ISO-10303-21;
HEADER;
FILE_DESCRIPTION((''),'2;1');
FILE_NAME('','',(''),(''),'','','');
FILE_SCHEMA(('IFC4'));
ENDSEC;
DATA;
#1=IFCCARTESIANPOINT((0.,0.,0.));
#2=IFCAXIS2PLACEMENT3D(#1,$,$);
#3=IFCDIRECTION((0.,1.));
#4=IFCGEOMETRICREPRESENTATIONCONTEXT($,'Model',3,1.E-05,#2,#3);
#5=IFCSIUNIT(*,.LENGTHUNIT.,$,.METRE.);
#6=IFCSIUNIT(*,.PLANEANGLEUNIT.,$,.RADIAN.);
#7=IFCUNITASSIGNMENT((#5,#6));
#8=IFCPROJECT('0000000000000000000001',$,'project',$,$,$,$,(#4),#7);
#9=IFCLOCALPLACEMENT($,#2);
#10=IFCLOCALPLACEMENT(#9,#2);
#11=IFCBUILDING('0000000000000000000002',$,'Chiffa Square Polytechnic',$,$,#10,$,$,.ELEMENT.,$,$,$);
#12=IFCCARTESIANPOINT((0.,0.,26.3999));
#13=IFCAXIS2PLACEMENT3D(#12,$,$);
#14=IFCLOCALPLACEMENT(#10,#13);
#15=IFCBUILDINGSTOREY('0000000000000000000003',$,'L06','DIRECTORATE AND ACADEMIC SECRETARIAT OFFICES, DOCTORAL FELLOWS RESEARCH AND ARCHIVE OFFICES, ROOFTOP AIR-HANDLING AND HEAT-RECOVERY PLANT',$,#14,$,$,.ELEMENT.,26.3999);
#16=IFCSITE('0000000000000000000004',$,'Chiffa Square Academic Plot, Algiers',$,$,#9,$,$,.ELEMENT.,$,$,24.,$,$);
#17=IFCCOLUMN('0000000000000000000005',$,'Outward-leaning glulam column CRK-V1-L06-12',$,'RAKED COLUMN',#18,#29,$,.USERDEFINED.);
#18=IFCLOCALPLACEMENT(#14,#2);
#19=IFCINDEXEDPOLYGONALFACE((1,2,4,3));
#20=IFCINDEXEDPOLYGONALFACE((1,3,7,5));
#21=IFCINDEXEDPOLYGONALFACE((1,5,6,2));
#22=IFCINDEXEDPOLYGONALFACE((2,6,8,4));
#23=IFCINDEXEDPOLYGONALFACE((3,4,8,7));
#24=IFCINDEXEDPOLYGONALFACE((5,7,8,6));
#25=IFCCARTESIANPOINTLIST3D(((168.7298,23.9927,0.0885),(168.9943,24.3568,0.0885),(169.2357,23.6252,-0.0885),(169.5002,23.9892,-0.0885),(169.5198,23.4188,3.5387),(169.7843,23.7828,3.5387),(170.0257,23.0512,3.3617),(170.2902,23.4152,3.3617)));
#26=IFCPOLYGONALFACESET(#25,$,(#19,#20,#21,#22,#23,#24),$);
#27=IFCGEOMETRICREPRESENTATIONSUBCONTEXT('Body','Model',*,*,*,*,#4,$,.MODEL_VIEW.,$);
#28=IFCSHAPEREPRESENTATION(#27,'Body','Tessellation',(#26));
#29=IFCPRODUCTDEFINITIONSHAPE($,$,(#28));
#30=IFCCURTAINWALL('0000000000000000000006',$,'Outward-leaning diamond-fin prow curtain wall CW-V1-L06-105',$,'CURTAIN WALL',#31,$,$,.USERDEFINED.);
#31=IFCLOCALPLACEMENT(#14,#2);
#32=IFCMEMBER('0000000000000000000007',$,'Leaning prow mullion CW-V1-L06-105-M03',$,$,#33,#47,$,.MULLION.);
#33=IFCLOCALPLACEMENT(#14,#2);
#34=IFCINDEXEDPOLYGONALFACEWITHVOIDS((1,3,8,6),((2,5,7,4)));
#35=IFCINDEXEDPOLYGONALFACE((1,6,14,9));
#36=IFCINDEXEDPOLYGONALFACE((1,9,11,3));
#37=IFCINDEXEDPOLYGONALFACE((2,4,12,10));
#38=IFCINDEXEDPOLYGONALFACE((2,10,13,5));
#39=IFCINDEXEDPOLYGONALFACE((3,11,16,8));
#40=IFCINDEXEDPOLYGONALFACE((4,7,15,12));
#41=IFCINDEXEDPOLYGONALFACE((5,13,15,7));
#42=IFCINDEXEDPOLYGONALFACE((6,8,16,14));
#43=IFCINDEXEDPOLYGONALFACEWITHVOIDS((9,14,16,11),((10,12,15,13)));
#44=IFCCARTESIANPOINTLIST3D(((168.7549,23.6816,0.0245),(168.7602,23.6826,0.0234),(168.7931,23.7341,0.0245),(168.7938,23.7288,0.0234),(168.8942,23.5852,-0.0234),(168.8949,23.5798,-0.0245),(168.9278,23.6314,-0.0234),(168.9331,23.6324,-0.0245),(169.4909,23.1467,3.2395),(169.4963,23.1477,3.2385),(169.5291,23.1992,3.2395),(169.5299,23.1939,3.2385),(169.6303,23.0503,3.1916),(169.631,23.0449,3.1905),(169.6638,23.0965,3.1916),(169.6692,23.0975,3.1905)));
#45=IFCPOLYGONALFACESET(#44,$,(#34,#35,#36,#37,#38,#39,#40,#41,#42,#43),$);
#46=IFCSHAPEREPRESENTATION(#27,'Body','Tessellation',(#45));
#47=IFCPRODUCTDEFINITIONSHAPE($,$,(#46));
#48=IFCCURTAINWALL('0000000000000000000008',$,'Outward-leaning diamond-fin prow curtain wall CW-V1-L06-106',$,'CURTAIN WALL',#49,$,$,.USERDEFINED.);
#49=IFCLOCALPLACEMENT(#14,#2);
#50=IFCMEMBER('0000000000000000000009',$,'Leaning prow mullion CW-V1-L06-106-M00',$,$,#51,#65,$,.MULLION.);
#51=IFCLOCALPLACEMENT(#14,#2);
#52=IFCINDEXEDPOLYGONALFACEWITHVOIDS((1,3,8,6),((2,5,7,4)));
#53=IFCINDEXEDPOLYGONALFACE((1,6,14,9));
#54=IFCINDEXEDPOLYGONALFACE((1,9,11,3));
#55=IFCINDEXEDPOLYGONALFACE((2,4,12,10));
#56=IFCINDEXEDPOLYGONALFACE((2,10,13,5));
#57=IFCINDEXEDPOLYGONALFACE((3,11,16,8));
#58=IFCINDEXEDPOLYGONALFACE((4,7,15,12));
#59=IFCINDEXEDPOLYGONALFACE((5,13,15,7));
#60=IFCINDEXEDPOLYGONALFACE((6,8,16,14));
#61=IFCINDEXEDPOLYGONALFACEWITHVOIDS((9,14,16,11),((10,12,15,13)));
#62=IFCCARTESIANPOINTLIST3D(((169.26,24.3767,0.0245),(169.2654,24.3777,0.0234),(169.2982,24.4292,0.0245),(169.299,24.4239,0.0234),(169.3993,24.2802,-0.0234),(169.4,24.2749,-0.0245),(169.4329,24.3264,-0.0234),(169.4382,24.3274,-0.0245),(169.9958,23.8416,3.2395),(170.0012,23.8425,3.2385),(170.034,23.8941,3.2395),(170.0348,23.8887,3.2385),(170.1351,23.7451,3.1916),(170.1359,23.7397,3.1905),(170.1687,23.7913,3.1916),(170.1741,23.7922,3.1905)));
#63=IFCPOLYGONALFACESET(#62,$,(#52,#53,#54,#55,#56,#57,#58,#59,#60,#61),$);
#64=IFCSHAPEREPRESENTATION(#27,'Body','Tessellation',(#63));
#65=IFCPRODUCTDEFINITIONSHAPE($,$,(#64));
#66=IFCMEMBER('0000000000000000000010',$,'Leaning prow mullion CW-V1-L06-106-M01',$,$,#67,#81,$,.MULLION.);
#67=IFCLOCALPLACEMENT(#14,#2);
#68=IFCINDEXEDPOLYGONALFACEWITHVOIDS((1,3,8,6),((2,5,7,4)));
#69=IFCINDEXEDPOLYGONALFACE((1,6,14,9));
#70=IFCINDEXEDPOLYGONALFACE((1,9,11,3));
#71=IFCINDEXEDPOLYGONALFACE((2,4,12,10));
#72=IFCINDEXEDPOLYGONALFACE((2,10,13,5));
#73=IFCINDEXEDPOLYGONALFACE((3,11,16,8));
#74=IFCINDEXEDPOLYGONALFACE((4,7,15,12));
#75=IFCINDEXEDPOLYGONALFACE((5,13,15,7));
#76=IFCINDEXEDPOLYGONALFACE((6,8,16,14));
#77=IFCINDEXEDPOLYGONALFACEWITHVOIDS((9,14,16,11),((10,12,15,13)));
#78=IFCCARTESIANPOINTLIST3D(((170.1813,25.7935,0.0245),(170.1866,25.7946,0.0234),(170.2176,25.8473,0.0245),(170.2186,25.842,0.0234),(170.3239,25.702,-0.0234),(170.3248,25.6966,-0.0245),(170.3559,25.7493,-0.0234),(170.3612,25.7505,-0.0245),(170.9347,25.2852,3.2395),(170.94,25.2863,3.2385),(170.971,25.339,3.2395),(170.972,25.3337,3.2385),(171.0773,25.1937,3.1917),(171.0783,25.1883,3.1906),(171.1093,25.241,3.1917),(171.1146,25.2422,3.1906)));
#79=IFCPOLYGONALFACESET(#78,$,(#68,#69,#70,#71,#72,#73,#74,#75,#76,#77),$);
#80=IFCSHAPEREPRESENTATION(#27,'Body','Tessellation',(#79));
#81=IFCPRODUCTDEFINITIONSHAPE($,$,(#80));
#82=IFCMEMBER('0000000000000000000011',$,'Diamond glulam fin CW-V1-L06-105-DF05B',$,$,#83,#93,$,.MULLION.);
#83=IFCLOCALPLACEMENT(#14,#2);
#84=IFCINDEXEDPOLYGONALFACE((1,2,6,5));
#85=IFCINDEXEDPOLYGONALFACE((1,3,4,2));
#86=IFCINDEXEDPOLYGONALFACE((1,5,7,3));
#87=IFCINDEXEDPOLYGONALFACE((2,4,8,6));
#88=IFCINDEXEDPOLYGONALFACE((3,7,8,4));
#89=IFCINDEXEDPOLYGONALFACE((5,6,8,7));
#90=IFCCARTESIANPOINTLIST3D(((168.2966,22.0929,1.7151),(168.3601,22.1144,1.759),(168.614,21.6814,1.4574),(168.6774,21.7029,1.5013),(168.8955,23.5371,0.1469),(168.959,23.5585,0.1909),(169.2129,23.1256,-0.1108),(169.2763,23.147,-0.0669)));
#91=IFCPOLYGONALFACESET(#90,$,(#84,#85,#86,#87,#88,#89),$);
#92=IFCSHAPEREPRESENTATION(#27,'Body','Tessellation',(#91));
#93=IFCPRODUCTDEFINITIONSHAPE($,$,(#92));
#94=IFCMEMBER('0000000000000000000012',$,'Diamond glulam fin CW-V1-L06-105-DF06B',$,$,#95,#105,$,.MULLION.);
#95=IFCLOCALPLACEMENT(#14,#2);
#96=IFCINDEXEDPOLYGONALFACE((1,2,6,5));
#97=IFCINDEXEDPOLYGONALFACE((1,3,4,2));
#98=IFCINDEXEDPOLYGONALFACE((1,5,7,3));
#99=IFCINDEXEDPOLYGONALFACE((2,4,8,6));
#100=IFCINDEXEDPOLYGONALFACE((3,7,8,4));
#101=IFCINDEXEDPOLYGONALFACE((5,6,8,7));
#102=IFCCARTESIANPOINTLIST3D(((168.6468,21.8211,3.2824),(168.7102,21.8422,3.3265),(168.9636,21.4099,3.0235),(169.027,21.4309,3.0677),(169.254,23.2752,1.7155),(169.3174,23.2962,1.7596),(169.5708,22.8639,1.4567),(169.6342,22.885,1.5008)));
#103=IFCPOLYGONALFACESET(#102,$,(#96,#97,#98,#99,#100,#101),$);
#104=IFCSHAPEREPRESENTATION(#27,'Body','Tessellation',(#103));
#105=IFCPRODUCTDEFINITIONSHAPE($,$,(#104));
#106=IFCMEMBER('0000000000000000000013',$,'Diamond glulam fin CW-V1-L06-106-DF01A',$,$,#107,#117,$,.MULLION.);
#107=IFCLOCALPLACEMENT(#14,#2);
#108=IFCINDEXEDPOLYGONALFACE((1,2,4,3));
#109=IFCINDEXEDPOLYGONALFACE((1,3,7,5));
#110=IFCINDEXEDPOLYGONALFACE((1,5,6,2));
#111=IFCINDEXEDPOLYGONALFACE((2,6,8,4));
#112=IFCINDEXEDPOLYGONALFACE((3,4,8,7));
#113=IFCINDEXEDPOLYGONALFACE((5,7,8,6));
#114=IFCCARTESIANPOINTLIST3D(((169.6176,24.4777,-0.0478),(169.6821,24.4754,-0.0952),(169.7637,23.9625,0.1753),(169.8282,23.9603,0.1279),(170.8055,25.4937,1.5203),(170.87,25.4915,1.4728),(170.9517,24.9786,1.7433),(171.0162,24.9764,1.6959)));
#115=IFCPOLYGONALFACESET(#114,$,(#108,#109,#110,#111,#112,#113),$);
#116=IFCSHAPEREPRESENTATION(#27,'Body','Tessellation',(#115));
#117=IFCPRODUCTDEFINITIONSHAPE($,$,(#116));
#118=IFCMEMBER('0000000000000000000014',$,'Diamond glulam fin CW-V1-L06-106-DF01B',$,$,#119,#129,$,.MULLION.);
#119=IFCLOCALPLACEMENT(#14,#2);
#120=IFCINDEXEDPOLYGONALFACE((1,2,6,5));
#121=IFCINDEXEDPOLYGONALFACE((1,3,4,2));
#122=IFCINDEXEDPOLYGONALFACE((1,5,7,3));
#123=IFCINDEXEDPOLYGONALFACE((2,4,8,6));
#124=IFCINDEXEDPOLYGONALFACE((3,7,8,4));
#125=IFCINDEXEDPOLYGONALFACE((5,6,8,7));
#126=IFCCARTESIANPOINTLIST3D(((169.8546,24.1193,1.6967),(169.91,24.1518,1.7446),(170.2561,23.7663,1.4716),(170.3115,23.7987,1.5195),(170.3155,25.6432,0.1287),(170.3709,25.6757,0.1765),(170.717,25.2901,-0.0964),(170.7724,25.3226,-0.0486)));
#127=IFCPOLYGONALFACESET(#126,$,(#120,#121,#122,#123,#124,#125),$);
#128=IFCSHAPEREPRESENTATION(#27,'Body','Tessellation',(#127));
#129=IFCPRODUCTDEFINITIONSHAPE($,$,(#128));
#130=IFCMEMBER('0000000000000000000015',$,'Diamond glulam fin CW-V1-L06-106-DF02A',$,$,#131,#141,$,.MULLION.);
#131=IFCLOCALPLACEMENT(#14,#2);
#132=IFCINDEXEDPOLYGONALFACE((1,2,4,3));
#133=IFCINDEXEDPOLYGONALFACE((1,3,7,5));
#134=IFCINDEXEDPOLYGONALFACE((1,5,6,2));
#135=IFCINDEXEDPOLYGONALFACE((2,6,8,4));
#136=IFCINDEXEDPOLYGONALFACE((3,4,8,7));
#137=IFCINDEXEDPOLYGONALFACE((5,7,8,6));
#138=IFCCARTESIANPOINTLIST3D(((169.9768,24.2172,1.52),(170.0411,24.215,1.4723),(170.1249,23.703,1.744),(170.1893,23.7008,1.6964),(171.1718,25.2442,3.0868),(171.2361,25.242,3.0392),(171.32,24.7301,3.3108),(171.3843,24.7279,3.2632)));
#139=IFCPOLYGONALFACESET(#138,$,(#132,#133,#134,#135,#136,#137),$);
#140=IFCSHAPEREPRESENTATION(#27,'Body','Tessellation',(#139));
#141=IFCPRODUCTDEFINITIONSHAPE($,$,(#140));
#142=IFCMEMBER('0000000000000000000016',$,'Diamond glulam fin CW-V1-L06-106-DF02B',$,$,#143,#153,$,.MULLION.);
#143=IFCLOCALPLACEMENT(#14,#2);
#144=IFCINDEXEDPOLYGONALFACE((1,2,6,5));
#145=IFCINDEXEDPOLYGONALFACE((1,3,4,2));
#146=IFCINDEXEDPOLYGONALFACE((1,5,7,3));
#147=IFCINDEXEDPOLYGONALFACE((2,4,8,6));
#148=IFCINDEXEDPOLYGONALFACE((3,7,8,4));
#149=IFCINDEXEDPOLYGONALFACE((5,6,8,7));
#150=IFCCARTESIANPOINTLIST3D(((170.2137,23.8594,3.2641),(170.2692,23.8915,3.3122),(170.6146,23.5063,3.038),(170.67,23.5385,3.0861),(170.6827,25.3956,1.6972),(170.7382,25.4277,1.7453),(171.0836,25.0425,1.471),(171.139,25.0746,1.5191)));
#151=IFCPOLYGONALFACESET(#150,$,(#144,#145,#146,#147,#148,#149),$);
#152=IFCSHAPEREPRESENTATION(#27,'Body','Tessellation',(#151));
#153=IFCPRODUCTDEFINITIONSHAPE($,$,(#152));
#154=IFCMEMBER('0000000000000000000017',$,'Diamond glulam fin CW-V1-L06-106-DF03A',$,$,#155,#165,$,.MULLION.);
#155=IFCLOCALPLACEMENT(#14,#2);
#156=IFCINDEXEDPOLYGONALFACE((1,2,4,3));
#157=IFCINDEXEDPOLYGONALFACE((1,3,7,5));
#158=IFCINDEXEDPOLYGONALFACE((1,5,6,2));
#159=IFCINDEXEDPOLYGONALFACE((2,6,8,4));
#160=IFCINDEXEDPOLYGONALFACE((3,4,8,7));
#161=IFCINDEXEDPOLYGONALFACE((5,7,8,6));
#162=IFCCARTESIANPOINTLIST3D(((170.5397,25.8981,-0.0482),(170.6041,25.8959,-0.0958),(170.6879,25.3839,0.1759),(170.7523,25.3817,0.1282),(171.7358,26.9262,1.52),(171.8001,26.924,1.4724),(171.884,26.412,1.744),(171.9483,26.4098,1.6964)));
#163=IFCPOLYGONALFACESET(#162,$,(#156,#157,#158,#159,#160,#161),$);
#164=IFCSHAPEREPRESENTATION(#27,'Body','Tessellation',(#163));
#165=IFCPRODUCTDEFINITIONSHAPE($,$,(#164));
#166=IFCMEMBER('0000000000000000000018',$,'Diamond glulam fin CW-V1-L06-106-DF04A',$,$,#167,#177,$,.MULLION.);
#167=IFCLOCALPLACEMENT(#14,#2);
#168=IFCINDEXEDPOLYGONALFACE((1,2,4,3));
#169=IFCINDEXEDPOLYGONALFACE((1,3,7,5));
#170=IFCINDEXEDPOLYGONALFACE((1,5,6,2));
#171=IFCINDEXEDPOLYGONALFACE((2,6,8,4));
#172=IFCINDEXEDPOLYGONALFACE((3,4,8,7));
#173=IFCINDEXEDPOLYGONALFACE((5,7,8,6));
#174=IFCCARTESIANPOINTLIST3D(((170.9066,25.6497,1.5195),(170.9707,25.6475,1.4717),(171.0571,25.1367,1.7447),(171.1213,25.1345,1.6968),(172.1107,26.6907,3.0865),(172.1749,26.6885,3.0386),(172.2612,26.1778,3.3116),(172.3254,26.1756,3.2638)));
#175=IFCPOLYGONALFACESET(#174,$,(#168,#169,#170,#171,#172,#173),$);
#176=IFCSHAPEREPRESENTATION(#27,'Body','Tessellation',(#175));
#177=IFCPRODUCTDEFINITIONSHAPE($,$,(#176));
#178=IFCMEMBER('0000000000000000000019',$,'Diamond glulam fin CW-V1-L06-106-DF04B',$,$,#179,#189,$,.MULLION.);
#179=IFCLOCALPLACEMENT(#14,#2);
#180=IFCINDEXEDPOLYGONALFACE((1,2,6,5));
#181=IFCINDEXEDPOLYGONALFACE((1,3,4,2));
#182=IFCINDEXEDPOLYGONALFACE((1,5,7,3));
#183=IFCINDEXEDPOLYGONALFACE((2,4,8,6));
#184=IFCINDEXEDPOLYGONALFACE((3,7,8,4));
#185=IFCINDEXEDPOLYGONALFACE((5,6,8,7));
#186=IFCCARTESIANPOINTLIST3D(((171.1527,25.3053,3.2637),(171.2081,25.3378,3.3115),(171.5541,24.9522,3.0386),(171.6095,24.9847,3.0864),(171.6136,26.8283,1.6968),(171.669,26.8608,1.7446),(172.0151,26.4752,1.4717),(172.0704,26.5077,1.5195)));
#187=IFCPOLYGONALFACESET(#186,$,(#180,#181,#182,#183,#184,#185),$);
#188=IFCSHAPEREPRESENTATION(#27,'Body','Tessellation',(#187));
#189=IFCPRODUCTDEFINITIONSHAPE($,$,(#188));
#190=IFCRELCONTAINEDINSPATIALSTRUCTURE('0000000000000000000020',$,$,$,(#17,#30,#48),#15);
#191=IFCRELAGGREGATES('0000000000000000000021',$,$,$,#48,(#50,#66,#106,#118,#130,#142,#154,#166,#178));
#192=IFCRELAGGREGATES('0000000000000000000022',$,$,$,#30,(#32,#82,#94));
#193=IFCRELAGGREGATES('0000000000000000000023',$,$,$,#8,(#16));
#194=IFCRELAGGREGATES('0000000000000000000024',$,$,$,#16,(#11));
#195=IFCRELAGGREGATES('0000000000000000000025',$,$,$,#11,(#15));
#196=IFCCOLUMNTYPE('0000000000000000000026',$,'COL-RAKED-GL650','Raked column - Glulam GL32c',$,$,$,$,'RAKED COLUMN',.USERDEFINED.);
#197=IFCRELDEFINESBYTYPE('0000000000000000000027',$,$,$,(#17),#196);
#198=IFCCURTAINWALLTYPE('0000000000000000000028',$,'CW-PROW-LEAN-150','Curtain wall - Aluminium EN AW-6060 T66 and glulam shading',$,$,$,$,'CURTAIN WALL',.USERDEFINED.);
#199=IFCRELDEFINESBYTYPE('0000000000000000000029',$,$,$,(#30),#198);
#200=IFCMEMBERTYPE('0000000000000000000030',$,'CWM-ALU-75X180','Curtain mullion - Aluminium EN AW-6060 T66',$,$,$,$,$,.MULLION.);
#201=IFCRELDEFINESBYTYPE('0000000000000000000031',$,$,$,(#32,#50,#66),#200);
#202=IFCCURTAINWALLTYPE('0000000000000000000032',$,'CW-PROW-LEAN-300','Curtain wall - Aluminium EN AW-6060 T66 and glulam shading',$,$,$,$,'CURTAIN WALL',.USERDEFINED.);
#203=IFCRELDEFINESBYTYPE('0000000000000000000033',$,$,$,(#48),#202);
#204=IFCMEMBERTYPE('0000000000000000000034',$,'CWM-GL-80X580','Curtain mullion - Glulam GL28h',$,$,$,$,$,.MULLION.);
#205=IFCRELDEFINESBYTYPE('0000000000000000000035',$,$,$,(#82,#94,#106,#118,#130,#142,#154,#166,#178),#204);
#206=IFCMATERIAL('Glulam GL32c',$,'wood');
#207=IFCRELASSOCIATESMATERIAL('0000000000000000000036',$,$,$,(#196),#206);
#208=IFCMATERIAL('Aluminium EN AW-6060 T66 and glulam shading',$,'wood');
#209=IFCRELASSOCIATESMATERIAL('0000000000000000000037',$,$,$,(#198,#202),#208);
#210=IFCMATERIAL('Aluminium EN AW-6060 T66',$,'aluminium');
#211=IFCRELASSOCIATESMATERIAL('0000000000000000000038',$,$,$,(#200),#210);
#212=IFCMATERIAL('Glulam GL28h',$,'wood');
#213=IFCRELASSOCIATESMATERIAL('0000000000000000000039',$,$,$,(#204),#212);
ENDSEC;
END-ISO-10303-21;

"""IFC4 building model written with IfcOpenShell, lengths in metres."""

from ifc_helpers import new_model, si_unit, direction, frame, origin, origin_2d, place, context, subcontext, project, spatial, rectangle, hollow_rectangle, extrude, material, material_profile, profile_set, type_object, element, aggregate, save


model = new_model("IFC4")

# Units and contexts
model_context = context("Model", 3, precision=1e-05, world=origin(), true_north=direction((0.0, 1.0)))
body_context = subcontext(model_context, "Body", "Model", "MODEL_VIEW")
ifc_project = project(units=[si_unit("LENGTHUNIT", "METRE"), si_unit("PLANEANGLEUNIT", "RADIAN")], contexts=[model_context])

# Site, building, storey
site_placement = place(None, origin())
site = spatial("IfcSite", under=ifc_project, at=site_placement, Name="Chiffa Square Academic Plot, Algiers", CompositionType="ELEMENT", RefElevation=24.0)
building_placement = place(site_placement, origin())
building = spatial("IfcBuilding", under=site, at=building_placement, Name="Chiffa Square Polytechnic", CompositionType="ELEMENT")
storey_placement = place(building_placement, frame((0.0, 0.0, 26.3999)))
storey = spatial("IfcBuildingStorey", under=building, at=storey_placement, Name="L06", Description="DIRECTORATE AND ACADEMIC SECRETARIAT OFFICES, DOCTORAL FELLOWS RESEARCH AND ARCHIVE OFFICES, ROOFTOP AIR-HANDLING AND HEAT-RECOVERY PLANT", CompositionType="ELEMENT", Elevation=26.3999)

# Column
ifc_material_1 = material(Name="Glulam GL32c", Category="wood")
ifc_material_profile_1 = material_profile(ifc_material_1, rectangle(XDim=0.45, YDim=0.6499, at=origin_2d()), Name="GL32c 450x650")
ifc_profile_set_1 = profile_set([ifc_material_profile_1], Name="Glulam GL32c")
column_type = type_object("IfcColumnType", Name="COL-RAKED-GL650", Description="Raked column - Glulam GL32c", ElementType="RAKED COLUMN", PredefinedType="USERDEFINED", material=ifc_profile_set_1)
column_placement = place(storey_placement, frame((169.115, 23.991, 0.0), z_axis=(0.220329, -0.160072, 0.962202), x_axis=(0.58777, 0.809028, 0.0)))
element("IfcColumn", 1, at=column_placement, inside=storey, type_object=column_type, Name="Outward-leaning glulam column CRK-V1-L06-12", ObjectType="RAKED COLUMN", PredefinedType="USERDEFINED", context=body_context, shape_type="SweptSolid", body=[
    extrude(rectangle(XDim=0.45, YDim=0.6499, at=origin_2d()), origin(), (0.0, 0.0, 1.0), 3.5857),
])

# Curtain wall, member
ifc_material_2 = material(Name="Aluminium EN AW-6060 T66 and glulam shading", Category="wood")
curtain_wall_type_1 = type_object("IfcCurtainWallType", Name="CW-PROW-LEAN-150", Description="Curtain wall - Aluminium EN AW-6060 T66 and glulam shading", ElementType="CURTAIN WALL", PredefinedType="USERDEFINED", material=ifc_material_2)
curtain_wall_1_placement = place(storey_placement, origin())
curtain_wall_1 = element("IfcCurtainWall", 2, at=curtain_wall_1_placement, inside=storey, type_object=curtain_wall_type_1, Name="Outward-leaning diamond-fin prow curtain wall CW-V1-L06-105", ObjectType="CURTAIN WALL", PredefinedType="USERDEFINED")
ifc_material_3 = material(Name="Aluminium EN AW-6060 T66", Category="aluminium")
ifc_material_profile_2 = material_profile(ifc_material_3, hollow_rectangle(XDim=0.0649, YDim=0.1799, WallThickness=0.0039, at=origin_2d()), Name="ALU 65x180x4")
ifc_profile_set_2 = profile_set([ifc_material_profile_2], Name="Aluminium EN AW-6060 T66")
member_type_1 = type_object("IfcMemberType", Name="CWM-ALU-75X180", Description="Curtain mullion - Aluminium EN AW-6060 T66", PredefinedType="MULLION", material=ifc_profile_set_2)
member_1_placement = place(storey_placement, frame((168.844, 23.657, 0.0), z_axis=(0.220294, -0.160088, 0.962207), x_axis=(0.587869, 0.808956, 0.0)))
member_1 = element("IfcMember", 3, at=member_1_placement, type_object=member_type_1, Name="Leaning prow mullion CW-V1-L06-105-M03", PredefinedType="MULLION", context=body_context, shape_type="SweptSolid", body=[
    extrude(hollow_rectangle(XDim=0.0649, YDim=0.1799, WallThickness=0.0039, at=origin_2d()), origin(), (0.0, 0.0, 1.0), 3.3413),
])

# Curtain wall, members
curtain_wall_type_2 = type_object("IfcCurtainWallType", Name="CW-PROW-LEAN-300", Description="Curtain wall - Aluminium EN AW-6060 T66 and glulam shading", ElementType="CURTAIN WALL", PredefinedType="USERDEFINED", material=ifc_material_2)
curtain_wall_2_placement = place(storey_placement, origin())
curtain_wall_2 = element("IfcCurtainWall", 4, at=curtain_wall_2_placement, inside=storey, type_object=curtain_wall_type_2, Name="Outward-leaning diamond-fin prow curtain wall CW-V1-L06-106", ObjectType="CURTAIN WALL", PredefinedType="USERDEFINED")
member_2_placement = place(storey_placement, frame((169.3491, 24.3521, 0.0), z_axis=(0.220222, -0.160162, 0.962211), x_axis=(0.588172, 0.808736, 0.0)))
member_2 = element("IfcMember", 5, at=member_2_placement, type_object=member_type_1, Name="Leaning prow mullion CW-V1-L06-106-M00", PredefinedType="MULLION", context=body_context, shape_type="SweptSolid", body=[
    extrude(hollow_rectangle(XDim=0.0649, YDim=0.1799, WallThickness=0.0039, at=origin_2d()), origin(), (0.0, 0.0, 1.0), 3.3413),
])
member_3_placement = place(storey_placement, frame((170.2712, 25.772, 0.0), z_axis=(0.225501, -0.152137, 0.962291), x_axis=(0.559279, 0.828979, 0.0)))
member_3 = element("IfcMember", 6, at=member_3_placement, type_object=member_type_1, Name="Leaning prow mullion CW-V1-L06-106-M01", PredefinedType="MULLION", context=body_context, shape_type="SweptSolid", body=[
    extrude(hollow_rectangle(XDim=0.0649, YDim=0.1799, WallThickness=0.0039, at=origin_2d()), origin(), (0.0, 0.0, 1.0), 3.3411),
])

# Members
ifc_material_4 = material(Name="Glulam GL28h", Category="wood")
ifc_material_profile_3 = material_profile(ifc_material_4, rectangle(XDim=0.0801, YDim=0.5801, at=origin_2d()), Name="GL28h 80x580")
ifc_profile_set_3 = profile_set([ifc_material_profile_3], Name="Glulam GL28h")
member_type_2 = type_object("IfcMemberType", Name="CWM-GL-80X580", Description="Curtain mullion - Glulam GL28h", PredefinedType="MULLION", material=ifc_profile_set_3)
member_4_placement = place(storey_placement, frame((169.0859, 23.342, 0.04), z_axis=(-0.270461, -0.652172, 0.708183), x_axis=(0.792143, 0.267303, 0.548688)))
member_4 = element("IfcMember", 7, at=member_4_placement, type_object=member_type_2, Name="Diamond glulam fin CW-V1-L06-105-DF05B", PredefinedType="MULLION", context=body_context, shape_type="SweptSolid", body=[
    extrude(rectangle(XDim=0.0801, YDim=0.5801, at=origin_2d()), origin(), (0.0, 0.0, 1.0), 2.2144),
])
member_5_placement = place(storey_placement, frame((169.4441, 23.0801, 1.6082), z_axis=(-0.273231, -0.654348, 0.705105), x_axis=(0.79187, 0.263168, 0.551076)))
member_5 = element("IfcMember", 8, at=member_5_placement, type_object=member_type_2, Name="Diamond glulam fin CW-V1-L06-105-DF06B", PredefinedType="MULLION", context=body_context, shape_type="SweptSolid", body=[
    extrude(rectangle(XDim=0.0801, YDim=0.5801, at=origin_2d()), origin(), (0.0, 0.0, 1.0), 2.2222),
])
member_6_placement = place(storey_placement, frame((169.7229, 24.219, 0.04), z_axis=(0.536526, 0.458903, 0.708201), x_axis=(-0.805376, 0.027831, 0.592111)))
member_6 = element("IfcMember", 9, at=member_6_placement, type_object=member_type_2, Name="Diamond glulam fin CW-V1-L06-106-DF01A", PredefinedType="MULLION", context=body_context, shape_type="SweptSolid", body=[
    extrude(rectangle(XDim=0.0801, YDim=0.5801, at=origin_2d()), origin(), (0.0, 0.0, 1.0), 2.2141),
])
member_7_placement = place(storey_placement, frame((170.5439, 25.4829, 0.04), z_axis=(-0.206265, -0.681943, 0.701718), x_axis=(0.691696, 0.405626, 0.597515)))
member_7 = element("IfcMember", 10, at=member_7_placement, type_object=member_type_2, Name="Diamond glulam fin CW-V1-L06-106-DF01B", PredefinedType="MULLION", context=body_context, shape_type="SweptSolid", body=[
    extrude(rectangle(XDim=0.0801, YDim=0.5801, at=origin_2d()), origin(), (0.0, 0.0, 1.0), 2.2346),
])
member_8_placement = place(storey_placement, frame((170.083, 23.959, 1.6082), z_axis=(0.53778, 0.462194, 0.705102), x_axis=(-0.803469, 0.02761, 0.594706)))
member_8 = element("IfcMember", 11, at=member_8_placement, type_object=member_type_2, Name="Diamond glulam fin CW-V1-L06-106-DF02A", PredefinedType="MULLION", context=body_context, shape_type="SweptSolid", body=[
    extrude(rectangle(XDim=0.0801, YDim=0.5801, at=origin_2d()), origin(), (0.0, 0.0, 1.0), 2.2222),
])
member_9_placement = place(storey_placement, frame((170.9109, 25.2351, 1.6082), z_axis=(-0.209014, -0.6846, 0.698309), x_axis=(0.691914, 0.401092, 0.600317)))
member_9 = element("IfcMember", 12, at=member_9_placement, type_object=member_type_2, Name="Diamond glulam fin CW-V1-L06-106-DF02B", PredefinedType="MULLION", context=body_context, shape_type="SweptSolid", body=[
    extrude(rectangle(XDim=0.0801, YDim=0.5801, at=origin_2d()), origin(), (0.0, 0.0, 1.0), 2.2439),
])
member_10_placement = place(storey_placement, frame((170.646, 25.6399, 0.04), z_axis=(0.537775, 0.462252, 0.705068), x_axis=(-0.803449, 0.027575, 0.594734)))
member_10 = element("IfcMember", 13, at=member_10_placement, type_object=member_type_2, Name="Diamond glulam fin CW-V1-L06-106-DF03A", PredefinedType="MULLION", context=body_context, shape_type="SweptSolid", body=[
    extrude(rectangle(XDim=0.0801, YDim=0.5801, at=origin_2d()), origin(), (0.0, 0.0, 1.0), 2.2241),
])
member_11_placement = place(storey_placement, frame((171.0139, 25.3921, 1.6082), z_axis=(0.539098, 0.466082, 0.701527), x_axis=(-0.801278, 0.027215, 0.597672)))
member_11 = element("IfcMember", 14, at=member_11_placement, type_object=member_type_2, Name="Diamond glulam fin CW-V1-L06-106-DF04A", PredefinedType="MULLION", context=body_context, shape_type="SweptSolid", body=[
    extrude(rectangle(XDim=0.0801, YDim=0.5801, at=origin_2d()), origin(), (0.0, 0.0, 1.0), 2.2336),
])
member_12_placement = place(storey_placement, frame((171.842, 26.668, 1.6082), z_axis=(-0.206406, -0.681971, 0.70165), x_axis=(0.691751, 0.405448, 0.597571)))
member_12 = element("IfcMember", 15, at=member_12_placement, type_object=member_type_2, Name="Diamond glulam fin CW-V1-L06-106-DF04B", PredefinedType="MULLION", context=body_context, shape_type="SweptSolid", body=[
    extrude(rectangle(XDim=0.0801, YDim=0.5801, at=origin_2d()), origin(), (0.0, 0.0, 1.0), 2.2332),
])

aggregate(curtain_wall_2, [member_2, member_3, member_6, member_7, member_8, member_9, member_10, member_11, member_12])
aggregate(curtain_wall_1, [member_1, member_4, member_5])

save(model, "model.ifc")
